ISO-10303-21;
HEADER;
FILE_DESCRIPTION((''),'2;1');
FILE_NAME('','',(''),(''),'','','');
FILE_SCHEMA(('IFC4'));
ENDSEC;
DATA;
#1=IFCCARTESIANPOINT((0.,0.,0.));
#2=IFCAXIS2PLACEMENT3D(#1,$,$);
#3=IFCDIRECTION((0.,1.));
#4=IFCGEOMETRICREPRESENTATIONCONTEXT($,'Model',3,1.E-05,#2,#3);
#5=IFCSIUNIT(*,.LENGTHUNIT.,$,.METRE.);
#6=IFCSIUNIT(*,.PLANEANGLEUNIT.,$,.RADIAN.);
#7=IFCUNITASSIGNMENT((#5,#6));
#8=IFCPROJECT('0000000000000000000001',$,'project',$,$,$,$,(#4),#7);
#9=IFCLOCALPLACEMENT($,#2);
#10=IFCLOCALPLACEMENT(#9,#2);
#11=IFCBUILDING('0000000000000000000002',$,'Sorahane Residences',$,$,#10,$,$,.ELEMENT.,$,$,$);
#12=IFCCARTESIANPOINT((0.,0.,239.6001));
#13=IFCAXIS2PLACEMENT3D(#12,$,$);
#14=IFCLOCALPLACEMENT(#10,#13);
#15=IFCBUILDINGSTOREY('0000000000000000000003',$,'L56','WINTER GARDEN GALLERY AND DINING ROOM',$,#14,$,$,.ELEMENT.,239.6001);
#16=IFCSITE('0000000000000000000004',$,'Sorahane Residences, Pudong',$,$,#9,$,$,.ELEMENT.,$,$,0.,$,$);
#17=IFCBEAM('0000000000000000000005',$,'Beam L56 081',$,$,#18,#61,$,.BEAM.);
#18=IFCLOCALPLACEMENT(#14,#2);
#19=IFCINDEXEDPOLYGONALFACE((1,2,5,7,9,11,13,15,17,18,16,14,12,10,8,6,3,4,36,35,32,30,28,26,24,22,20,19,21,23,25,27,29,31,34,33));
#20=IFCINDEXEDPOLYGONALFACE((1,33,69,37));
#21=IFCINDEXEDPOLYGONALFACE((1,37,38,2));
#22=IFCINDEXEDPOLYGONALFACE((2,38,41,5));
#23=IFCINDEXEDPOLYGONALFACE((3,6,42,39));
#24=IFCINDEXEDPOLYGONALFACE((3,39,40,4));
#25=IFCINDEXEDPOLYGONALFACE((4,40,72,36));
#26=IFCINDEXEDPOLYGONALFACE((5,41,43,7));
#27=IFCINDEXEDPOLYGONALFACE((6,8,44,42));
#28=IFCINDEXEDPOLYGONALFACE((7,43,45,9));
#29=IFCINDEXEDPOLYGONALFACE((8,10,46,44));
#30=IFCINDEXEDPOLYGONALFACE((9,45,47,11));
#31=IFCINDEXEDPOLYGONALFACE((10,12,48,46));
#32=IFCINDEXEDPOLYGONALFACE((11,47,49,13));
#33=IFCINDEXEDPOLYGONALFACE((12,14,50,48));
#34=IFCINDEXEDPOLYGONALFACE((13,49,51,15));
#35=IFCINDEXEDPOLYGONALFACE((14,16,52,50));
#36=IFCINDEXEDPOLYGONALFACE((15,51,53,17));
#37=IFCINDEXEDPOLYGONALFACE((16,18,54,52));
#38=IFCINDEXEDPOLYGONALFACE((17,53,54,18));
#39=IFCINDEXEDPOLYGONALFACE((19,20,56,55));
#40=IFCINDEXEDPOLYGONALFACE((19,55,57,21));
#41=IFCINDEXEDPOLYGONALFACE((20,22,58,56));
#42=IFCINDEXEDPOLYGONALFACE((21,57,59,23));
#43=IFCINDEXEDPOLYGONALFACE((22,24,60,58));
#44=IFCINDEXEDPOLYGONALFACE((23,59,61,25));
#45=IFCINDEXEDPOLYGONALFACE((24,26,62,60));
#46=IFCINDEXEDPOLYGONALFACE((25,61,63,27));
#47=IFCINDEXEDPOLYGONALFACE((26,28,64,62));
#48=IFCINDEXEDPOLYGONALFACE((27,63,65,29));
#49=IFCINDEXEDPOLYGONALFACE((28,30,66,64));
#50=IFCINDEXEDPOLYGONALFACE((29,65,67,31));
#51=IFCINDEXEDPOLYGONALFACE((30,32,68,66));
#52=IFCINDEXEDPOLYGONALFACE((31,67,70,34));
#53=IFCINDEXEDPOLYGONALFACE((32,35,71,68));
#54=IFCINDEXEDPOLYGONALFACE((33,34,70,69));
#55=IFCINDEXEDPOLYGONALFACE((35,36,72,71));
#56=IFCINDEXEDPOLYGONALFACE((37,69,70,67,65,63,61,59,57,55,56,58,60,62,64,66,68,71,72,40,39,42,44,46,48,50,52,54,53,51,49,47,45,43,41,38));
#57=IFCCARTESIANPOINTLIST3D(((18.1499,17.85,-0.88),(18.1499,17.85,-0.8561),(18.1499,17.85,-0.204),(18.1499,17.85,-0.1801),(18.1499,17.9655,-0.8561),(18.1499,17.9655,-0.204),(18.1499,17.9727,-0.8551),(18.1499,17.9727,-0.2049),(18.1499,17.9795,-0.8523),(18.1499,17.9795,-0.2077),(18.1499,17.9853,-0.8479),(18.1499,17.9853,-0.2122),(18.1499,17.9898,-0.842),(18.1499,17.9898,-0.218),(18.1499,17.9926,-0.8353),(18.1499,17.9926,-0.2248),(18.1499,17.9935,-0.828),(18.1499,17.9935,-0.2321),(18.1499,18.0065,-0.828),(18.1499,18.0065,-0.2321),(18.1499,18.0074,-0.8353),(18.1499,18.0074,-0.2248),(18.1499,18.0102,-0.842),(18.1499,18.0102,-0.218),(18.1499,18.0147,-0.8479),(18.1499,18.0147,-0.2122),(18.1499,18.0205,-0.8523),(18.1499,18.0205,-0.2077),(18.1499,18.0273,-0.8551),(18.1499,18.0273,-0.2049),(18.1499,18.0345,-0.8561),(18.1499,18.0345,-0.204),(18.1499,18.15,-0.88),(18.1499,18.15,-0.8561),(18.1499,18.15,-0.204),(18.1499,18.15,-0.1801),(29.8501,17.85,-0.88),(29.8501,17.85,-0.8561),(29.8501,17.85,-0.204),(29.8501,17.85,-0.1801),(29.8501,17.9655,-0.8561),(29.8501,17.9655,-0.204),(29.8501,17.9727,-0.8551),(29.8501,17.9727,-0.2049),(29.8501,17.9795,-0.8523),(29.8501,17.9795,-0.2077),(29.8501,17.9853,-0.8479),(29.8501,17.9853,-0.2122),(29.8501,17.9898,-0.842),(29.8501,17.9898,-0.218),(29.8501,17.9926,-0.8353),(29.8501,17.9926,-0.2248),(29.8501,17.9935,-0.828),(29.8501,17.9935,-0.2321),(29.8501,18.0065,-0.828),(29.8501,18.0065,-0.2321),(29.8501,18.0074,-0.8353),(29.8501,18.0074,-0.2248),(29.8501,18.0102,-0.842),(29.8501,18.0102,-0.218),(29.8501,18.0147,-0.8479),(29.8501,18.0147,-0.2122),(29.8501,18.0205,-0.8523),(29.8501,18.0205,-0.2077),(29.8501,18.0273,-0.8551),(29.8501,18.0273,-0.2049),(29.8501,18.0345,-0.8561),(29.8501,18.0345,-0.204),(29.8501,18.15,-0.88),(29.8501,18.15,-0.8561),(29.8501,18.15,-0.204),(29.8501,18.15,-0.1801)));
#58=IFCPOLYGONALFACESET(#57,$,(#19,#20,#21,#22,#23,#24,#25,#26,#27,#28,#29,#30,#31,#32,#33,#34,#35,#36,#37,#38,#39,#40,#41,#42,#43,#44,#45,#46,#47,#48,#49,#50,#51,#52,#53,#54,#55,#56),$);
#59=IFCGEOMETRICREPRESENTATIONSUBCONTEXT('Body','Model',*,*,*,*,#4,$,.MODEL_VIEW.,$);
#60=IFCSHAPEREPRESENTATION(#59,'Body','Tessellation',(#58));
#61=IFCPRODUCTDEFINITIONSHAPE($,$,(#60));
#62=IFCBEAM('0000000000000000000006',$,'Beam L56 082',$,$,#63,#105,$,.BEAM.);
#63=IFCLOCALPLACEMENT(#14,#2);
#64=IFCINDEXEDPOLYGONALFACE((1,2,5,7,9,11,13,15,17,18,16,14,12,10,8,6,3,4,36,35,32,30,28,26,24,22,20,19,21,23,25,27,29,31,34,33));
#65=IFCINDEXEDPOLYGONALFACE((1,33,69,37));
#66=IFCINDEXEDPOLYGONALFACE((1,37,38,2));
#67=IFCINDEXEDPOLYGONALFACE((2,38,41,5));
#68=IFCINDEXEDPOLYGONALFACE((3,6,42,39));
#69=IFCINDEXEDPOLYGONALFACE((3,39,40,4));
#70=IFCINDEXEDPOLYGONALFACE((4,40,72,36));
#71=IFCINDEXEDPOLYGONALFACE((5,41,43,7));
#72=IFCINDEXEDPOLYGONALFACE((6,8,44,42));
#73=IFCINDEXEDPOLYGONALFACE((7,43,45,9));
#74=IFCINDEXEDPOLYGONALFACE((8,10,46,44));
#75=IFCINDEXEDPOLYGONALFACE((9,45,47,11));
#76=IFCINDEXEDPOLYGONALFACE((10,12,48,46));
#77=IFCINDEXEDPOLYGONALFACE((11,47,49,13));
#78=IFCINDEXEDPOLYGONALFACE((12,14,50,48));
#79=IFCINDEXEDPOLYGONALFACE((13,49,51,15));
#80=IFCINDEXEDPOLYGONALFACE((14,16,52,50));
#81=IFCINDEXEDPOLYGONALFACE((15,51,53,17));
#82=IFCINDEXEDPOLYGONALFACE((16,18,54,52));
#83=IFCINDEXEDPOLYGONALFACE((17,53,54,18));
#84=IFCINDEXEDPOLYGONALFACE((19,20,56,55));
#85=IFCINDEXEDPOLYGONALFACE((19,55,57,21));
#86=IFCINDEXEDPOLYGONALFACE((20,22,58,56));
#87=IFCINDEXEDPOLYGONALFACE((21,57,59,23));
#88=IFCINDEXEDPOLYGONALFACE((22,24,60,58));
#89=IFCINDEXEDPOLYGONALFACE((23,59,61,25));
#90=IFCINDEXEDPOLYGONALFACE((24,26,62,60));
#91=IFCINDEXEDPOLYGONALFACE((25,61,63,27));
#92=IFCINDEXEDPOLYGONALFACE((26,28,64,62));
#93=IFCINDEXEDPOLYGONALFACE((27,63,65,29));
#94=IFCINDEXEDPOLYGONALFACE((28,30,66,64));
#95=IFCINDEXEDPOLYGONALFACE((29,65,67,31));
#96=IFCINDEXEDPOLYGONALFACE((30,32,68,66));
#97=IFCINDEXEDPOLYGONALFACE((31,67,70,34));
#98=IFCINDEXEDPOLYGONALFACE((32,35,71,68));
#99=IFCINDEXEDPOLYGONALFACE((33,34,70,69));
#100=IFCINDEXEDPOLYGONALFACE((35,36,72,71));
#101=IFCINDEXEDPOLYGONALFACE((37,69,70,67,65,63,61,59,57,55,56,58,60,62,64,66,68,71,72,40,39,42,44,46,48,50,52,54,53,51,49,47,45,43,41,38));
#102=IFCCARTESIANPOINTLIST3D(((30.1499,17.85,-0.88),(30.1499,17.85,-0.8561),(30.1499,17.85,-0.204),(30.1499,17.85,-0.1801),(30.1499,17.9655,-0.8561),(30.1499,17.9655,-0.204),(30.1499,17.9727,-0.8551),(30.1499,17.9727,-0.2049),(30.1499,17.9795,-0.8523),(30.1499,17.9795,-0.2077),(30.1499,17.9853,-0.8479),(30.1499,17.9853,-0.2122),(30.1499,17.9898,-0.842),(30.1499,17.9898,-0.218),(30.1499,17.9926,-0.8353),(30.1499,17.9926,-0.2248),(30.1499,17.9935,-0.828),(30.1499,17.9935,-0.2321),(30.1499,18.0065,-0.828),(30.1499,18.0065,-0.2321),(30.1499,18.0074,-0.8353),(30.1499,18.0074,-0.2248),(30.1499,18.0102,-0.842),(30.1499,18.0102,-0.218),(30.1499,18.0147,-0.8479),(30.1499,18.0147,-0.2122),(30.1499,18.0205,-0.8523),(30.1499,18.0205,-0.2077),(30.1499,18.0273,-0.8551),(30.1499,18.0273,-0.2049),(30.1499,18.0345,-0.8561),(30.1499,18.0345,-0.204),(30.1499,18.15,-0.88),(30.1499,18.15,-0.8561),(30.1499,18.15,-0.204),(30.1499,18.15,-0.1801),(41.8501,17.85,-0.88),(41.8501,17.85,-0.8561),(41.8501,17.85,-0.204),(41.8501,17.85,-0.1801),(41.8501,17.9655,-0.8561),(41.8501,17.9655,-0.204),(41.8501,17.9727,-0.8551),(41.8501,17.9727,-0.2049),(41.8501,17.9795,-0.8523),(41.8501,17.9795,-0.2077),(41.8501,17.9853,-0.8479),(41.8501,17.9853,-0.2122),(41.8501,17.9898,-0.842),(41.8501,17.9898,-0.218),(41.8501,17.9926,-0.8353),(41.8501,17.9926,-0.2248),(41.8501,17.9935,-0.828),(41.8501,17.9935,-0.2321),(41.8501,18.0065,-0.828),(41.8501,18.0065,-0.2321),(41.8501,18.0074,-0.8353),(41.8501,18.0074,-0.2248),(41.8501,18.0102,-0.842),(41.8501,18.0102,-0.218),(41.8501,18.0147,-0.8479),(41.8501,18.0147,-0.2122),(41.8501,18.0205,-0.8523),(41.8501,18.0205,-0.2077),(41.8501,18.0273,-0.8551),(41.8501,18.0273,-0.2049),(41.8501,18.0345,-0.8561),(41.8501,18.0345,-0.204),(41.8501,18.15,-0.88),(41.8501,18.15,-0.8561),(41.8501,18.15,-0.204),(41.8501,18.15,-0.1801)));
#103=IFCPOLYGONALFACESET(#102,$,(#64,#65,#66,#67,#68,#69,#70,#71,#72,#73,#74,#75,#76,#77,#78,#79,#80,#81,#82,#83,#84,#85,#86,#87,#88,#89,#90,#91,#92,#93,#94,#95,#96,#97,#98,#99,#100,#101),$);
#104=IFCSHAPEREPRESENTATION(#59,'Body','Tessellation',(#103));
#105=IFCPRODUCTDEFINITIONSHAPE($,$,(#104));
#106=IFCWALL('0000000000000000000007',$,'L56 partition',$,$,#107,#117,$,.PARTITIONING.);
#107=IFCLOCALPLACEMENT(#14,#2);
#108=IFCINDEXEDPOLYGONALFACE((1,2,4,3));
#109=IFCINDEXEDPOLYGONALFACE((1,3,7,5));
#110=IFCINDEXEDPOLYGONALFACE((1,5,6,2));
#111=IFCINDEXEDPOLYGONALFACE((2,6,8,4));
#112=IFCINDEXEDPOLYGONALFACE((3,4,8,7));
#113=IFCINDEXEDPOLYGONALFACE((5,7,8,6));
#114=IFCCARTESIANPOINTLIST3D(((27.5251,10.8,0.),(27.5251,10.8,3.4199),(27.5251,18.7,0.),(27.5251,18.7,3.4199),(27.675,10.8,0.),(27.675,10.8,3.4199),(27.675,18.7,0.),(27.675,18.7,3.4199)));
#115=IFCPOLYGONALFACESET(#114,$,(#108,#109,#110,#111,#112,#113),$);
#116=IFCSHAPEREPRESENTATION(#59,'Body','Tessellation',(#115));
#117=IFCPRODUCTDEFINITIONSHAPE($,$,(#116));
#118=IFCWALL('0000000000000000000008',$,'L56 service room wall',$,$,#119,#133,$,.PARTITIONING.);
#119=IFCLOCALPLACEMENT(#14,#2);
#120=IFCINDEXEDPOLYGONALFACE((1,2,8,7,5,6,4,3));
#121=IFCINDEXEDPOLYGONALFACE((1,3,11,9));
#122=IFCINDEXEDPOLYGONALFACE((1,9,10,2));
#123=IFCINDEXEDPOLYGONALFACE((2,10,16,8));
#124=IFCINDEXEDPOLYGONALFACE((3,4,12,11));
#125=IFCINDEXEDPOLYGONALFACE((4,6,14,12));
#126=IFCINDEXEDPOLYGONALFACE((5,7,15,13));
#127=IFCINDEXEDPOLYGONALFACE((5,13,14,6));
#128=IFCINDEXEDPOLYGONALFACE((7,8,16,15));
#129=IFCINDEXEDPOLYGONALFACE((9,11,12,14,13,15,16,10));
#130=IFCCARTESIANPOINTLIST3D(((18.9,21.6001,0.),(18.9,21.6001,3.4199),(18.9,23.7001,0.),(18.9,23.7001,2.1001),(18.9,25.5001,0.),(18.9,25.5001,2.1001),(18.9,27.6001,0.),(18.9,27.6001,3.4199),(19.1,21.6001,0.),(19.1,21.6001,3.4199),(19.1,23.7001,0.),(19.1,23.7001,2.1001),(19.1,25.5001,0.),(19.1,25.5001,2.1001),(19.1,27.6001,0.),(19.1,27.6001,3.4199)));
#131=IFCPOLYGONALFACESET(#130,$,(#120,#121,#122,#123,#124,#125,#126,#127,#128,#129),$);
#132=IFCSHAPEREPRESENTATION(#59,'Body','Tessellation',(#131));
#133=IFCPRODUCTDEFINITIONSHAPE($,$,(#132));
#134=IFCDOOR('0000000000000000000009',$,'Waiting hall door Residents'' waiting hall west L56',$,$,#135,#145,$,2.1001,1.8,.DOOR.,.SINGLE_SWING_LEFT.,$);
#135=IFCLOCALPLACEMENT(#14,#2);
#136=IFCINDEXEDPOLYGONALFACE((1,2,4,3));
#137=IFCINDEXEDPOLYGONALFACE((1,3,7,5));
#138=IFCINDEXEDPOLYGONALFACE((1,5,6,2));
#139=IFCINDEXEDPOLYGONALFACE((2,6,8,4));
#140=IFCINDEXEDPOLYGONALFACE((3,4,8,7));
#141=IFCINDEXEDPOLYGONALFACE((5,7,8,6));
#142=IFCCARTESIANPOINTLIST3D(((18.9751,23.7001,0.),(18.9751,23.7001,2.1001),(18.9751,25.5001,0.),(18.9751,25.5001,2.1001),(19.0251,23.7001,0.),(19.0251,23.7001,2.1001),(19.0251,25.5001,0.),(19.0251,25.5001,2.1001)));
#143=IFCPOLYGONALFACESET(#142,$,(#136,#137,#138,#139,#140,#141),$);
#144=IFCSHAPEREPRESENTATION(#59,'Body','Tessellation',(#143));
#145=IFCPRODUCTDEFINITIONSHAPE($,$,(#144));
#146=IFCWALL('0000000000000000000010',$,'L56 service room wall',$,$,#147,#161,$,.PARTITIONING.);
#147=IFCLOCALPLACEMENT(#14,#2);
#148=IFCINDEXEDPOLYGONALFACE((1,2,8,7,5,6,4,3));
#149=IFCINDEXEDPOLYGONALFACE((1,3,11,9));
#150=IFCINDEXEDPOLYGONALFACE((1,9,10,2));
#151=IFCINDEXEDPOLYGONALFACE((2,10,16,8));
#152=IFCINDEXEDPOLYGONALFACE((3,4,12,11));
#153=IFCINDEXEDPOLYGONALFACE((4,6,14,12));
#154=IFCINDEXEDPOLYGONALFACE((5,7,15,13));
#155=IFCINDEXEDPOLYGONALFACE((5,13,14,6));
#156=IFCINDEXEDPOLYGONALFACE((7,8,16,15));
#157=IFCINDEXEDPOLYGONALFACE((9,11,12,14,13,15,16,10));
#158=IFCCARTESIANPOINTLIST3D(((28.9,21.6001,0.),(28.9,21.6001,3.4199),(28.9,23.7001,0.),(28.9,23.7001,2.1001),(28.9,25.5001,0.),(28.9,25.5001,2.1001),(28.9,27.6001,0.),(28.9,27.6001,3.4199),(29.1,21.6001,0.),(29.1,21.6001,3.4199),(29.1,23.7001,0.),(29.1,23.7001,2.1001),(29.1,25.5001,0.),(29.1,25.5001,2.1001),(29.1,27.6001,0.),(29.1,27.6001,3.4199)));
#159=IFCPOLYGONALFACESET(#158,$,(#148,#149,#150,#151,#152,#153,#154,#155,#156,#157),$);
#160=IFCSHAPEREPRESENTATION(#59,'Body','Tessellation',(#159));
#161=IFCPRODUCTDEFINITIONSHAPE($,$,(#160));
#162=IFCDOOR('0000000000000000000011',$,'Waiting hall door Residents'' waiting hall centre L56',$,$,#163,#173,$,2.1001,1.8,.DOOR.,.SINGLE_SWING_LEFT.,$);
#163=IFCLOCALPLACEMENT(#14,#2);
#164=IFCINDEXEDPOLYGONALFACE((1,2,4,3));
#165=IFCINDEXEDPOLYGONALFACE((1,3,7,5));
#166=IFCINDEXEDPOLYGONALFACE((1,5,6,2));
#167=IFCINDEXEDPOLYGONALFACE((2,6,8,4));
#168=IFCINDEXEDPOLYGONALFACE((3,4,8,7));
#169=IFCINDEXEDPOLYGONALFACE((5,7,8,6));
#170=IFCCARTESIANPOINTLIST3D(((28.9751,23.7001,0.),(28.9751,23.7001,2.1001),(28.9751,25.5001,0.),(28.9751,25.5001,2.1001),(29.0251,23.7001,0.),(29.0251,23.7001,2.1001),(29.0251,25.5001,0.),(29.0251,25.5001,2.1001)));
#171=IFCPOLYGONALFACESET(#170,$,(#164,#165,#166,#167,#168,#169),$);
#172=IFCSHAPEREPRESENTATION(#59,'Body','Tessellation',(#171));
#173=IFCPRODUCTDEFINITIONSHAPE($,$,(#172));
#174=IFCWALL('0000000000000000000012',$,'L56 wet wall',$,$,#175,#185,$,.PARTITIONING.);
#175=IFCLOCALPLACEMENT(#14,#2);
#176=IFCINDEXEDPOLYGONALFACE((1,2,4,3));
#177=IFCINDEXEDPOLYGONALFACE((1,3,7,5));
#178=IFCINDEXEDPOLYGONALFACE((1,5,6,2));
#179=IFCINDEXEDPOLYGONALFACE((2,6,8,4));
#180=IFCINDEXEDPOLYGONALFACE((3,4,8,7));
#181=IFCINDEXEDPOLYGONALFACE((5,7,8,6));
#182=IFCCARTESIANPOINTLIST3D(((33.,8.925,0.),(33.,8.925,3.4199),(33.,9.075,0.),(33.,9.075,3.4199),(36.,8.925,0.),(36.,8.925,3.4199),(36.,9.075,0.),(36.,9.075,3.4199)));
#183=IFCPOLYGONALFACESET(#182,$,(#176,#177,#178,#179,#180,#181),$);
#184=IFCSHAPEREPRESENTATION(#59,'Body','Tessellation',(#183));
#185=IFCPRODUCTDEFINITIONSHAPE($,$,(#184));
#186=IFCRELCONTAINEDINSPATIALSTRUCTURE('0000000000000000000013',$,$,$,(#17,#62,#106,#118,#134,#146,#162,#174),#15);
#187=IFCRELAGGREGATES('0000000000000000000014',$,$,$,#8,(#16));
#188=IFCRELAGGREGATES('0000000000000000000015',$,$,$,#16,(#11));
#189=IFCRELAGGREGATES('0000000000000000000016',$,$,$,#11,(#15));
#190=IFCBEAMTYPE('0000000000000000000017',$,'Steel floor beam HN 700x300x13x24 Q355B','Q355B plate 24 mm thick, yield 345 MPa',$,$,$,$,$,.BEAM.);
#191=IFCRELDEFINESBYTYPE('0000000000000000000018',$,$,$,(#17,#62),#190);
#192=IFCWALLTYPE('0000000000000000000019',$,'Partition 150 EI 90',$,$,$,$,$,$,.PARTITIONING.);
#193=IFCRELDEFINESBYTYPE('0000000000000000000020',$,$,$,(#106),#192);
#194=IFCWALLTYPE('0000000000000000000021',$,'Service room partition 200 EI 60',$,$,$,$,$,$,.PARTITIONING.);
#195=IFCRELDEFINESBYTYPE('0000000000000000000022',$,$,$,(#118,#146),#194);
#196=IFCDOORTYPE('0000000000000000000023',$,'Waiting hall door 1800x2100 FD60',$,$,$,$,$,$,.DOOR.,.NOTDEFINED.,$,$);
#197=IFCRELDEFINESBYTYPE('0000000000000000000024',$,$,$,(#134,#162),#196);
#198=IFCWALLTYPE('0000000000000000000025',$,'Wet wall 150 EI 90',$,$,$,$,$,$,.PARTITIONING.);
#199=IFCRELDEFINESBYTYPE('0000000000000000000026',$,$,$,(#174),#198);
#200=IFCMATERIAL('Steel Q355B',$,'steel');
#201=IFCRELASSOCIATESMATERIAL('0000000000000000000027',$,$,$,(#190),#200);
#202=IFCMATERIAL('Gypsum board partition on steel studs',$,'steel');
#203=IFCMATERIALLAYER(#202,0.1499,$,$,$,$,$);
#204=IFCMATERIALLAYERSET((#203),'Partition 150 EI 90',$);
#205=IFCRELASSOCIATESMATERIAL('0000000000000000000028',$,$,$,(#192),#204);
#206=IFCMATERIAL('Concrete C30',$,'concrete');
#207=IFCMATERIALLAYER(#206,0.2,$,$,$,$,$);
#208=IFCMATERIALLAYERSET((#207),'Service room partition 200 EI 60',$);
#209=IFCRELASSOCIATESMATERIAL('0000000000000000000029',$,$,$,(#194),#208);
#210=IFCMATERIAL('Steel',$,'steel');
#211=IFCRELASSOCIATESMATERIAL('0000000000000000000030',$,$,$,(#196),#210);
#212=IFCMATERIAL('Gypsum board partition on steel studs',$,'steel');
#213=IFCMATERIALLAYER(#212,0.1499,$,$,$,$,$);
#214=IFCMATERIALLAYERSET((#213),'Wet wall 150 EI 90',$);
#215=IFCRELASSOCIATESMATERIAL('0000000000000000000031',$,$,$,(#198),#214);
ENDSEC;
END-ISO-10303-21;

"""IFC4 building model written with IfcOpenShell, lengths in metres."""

from ifc_helpers import new_model, si_unit, direction, frame, frame_2d, origin, origin_2d, place, context, subcontext, project, spatial, rectangle, i_section, extrude, material, layer, layer_set, material_profile, profile_set, type_object, element, fill, save


model = new_model("IFC4")

# Units and contexts
model_context = context("Model", 3, precision=1e-05, world=origin(), true_north=direction((0.0, 1.0)))
body_context = subcontext(model_context, "Body", "Model", "MODEL_VIEW")
ifc_project = project(units=[si_unit("LENGTHUNIT", "METRE"), si_unit("PLANEANGLEUNIT", "RADIAN")], contexts=[model_context])

# Site, building, storey
site_placement = place(None, origin())
site = spatial("IfcSite", under=ifc_project, at=site_placement, Name="Sorahane Residences, Pudong", CompositionType="ELEMENT", RefElevation=0.0)
building_placement = place(site_placement, origin())
building = spatial("IfcBuilding", under=site, at=building_placement, Name="Sorahane Residences", CompositionType="ELEMENT")
storey_placement = place(building_placement, frame((0.0, 0.0, 239.6001)))
storey = spatial("IfcBuildingStorey", under=building, at=storey_placement, Name="L56", Description="WINTER GARDEN GALLERY AND DINING ROOM", CompositionType="ELEMENT", Elevation=239.6001)

# Beams
ifc_material_1 = material(Name="Steel Q355B", Category="steel")
ifc_material_profile_1 = material_profile(ifc_material_1, i_section(OverallWidth=0.3, OverallDepth=0.7, WebThickness=0.0129, FlangeThickness=0.0239, FilletRadius=0.0281, at=origin_2d()), Name="HN 700x300x13x24")
ifc_profile_set_1 = profile_set([ifc_material_profile_1], Name="Steel Q355B")
beam_type_1 = type_object("IfcBeamType", Name="Steel floor beam HN 700x300x13x24 Q355B", Description="Q355B plate 24 mm thick, yield 345 MPa", PredefinedType="BEAM", material=ifc_profile_set_1)
for number, where, z_axis, x_axis, name in (
    (1, (18.1499, 18.0, -0.53), (1.0, 0.0, 0.0), (0.0, 1.0, 0.0), "Beam L56 081"),
    (2, (30.1499, 18.0, -0.53), (1.0, 0.0, 0.0), (0.0, 1.0, 0.0), "Beam L56 082"),
):
    element("IfcBeam", number, at=place(storey_placement, frame(where, z_axis=z_axis, x_axis=x_axis)), inside=storey, type_object=beam_type_1, Name=name, PredefinedType="BEAM", context=body_context, shape_type="SweptSolid", body=[
        extrude(i_section(OverallWidth=0.3, OverallDepth=0.7, WebThickness=0.0129, FlangeThickness=0.0239, FilletRadius=0.0281, at=origin_2d()), origin(), (0.0, 0.0, 1.0), 11.7002),
    ])

# Wall
ifc_material_2 = material(Name="Gypsum board partition on steel studs", Category="steel")
ifc_layer_1 = layer(ifc_material_2, 0.1499)
ifc_layer_set_1 = layer_set([ifc_layer_1], Name="Partition 150 EI 90")
wall_type_1 = type_object("IfcWallType", Name="Partition 150 EI 90", PredefinedType="PARTITIONING", material=ifc_layer_set_1)
wall_1_placement = place(storey_placement, frame((27.6001, 10.8, 0.0), z_axis=(0.0, 0.0, 1.0), x_axis=(0.0, 1.0, 0.0)))
element("IfcWall", 3, at=wall_1_placement, inside=storey, type_object=wall_type_1, Name="L56 partition", PredefinedType="PARTITIONING", context=body_context, shape_type="SweptSolid", body=[
    extrude(rectangle(XDim=7.8999, YDim=0.1499, at=frame_2d((3.95, 0.0))), origin(), (0.0, 0.0, 1.0), 3.4199),
])

# Walls, openings, doors
ifc_material_3 = material(Name="Concrete C30", Category="concrete")
ifc_layer_2 = layer(ifc_material_3, 0.2)
ifc_layer_set_2 = layer_set([ifc_layer_2], Name="Service room partition 200 EI 60")
wall_type_2 = type_object("IfcWallType", Name="Service room partition 200 EI 60", PredefinedType="PARTITIONING", material=ifc_layer_set_2)
wall_2_placement = place(storey_placement, frame((19.0, 21.6001, 0.0), z_axis=(0.0, 0.0, 1.0), x_axis=(0.0, 1.0, 0.0)))
wall_2 = element("IfcWall", 4, at=wall_2_placement, inside=storey, type_object=wall_type_2, Name="L56 service room wall", PredefinedType="PARTITIONING", context=body_context, shape_type="SweptSolid", body=[
    extrude(rectangle(XDim=6.0, YDim=0.2, at=frame_2d((3.0, 0.0))), origin(), (0.0, 0.0, 1.0), 3.4199),
])
opening_1_placement = place(wall_2_placement, frame((2.1001, 0.0, 0.0)))
opening_1 = element("IfcOpeningElement", 5, at=opening_1_placement, cuts=wall_2, PredefinedType="OPENING", context=body_context, shape_type="SweptSolid", body=[
    extrude(rectangle(XDim=1.8, YDim=2.1001, at=frame_2d((0.8999, 1.05))), frame((0.0, 0.1099, 0.0), z_axis=(0.0, -1.0, 0.0), x_axis=(1.0, 0.0, 0.0)), (0.0, 0.0, 1.0), 0.22),
])
ifc_material_4 = material(Name="Steel", Category="steel")
door_type = type_object("IfcDoorType", Name="Waiting hall door 1800x2100 FD60", OperationType="NOTDEFINED", PredefinedType="DOOR", material=ifc_material_4)
door_1_placement = place(opening_1_placement, origin())
door_1 = element("IfcDoor", 6, at=door_1_placement, inside=storey, type_object=door_type, Name="Waiting hall door Residents' waiting hall west L56", OperationType="SINGLE_SWING_LEFT", OverallHeight=2.1001, OverallWidth=1.8, PredefinedType="DOOR", context=body_context, shape_type="SweptSolid", body=[
    extrude(rectangle(XDim=1.8, YDim=2.1001, at=frame_2d((0.8999, 1.05))), frame((0.0, 0.0249, 0.0), z_axis=(0.0, -1.0, 0.0), x_axis=(1.0, 0.0, 0.0)), (0.0, 0.0, 1.0), 0.05),
])
fill(opening_1, door_1)
wall_3_placement = place(storey_placement, frame((29.0, 21.6001, 0.0), z_axis=(0.0, 0.0, 1.0), x_axis=(0.0, 1.0, 0.0)))
wall_3 = element("IfcWall", 7, at=wall_3_placement, inside=storey, type_object=wall_type_2, Name="L56 service room wall", PredefinedType="PARTITIONING", context=body_context, shape_type="SweptSolid", body=[
    extrude(rectangle(XDim=6.0, YDim=0.2, at=frame_2d((3.0, 0.0))), origin(), (0.0, 0.0, 1.0), 3.4199),
])
opening_2_placement = place(wall_3_placement, frame((2.1001, 0.0, 0.0)))
opening_2 = element("IfcOpeningElement", 8, at=opening_2_placement, cuts=wall_3, PredefinedType="OPENING", context=body_context, shape_type="SweptSolid", body=[
    extrude(rectangle(XDim=1.8, YDim=2.1001, at=frame_2d((0.8999, 1.05))), frame((0.0, 0.1099, 0.0), z_axis=(0.0, -1.0, 0.0), x_axis=(1.0, 0.0, 0.0)), (0.0, 0.0, 1.0), 0.22),
])
door_2_placement = place(opening_2_placement, origin())
door_2 = element("IfcDoor", 9, at=door_2_placement, inside=storey, type_object=door_type, Name="Waiting hall door Residents' waiting hall centre L56", OperationType="SINGLE_SWING_LEFT", OverallHeight=2.1001, OverallWidth=1.8, PredefinedType="DOOR", context=body_context, shape_type="SweptSolid", body=[
    extrude(rectangle(XDim=1.8, YDim=2.1001, at=frame_2d((0.8999, 1.05))), frame((0.0, 0.0249, 0.0), z_axis=(0.0, -1.0, 0.0), x_axis=(1.0, 0.0, 0.0)), (0.0, 0.0, 1.0), 0.05),
])
fill(opening_2, door_2)

# Wall
ifc_material_5 = material(Name="Gypsum board partition on steel studs", Category="steel")
ifc_layer_3 = layer(ifc_material_5, 0.1499)
ifc_layer_set_3 = layer_set([ifc_layer_3], Name="Wet wall 150 EI 90")
wall_type_3 = type_object("IfcWallType", Name="Wet wall 150 EI 90", PredefinedType="PARTITIONING", material=ifc_layer_set_3)
wall_4_placement = place(storey_placement, frame((33.0, 9.0, 0.0), z_axis=(0.0, 0.0, 1.0), x_axis=(1.0, 0.0, 0.0)))
element("IfcWall", 10, at=wall_4_placement, inside=storey, type_object=wall_type_3, Name="L56 wet wall", PredefinedType="PARTITIONING", context=body_context, shape_type="SweptSolid", body=[
    extrude(rectangle(XDim=3.0, YDim=0.1499, at=frame_2d((1.5, 0.0))), origin(), (0.0, 0.0, 1.0), 3.4199),
])

save(model, "model.ifc")
